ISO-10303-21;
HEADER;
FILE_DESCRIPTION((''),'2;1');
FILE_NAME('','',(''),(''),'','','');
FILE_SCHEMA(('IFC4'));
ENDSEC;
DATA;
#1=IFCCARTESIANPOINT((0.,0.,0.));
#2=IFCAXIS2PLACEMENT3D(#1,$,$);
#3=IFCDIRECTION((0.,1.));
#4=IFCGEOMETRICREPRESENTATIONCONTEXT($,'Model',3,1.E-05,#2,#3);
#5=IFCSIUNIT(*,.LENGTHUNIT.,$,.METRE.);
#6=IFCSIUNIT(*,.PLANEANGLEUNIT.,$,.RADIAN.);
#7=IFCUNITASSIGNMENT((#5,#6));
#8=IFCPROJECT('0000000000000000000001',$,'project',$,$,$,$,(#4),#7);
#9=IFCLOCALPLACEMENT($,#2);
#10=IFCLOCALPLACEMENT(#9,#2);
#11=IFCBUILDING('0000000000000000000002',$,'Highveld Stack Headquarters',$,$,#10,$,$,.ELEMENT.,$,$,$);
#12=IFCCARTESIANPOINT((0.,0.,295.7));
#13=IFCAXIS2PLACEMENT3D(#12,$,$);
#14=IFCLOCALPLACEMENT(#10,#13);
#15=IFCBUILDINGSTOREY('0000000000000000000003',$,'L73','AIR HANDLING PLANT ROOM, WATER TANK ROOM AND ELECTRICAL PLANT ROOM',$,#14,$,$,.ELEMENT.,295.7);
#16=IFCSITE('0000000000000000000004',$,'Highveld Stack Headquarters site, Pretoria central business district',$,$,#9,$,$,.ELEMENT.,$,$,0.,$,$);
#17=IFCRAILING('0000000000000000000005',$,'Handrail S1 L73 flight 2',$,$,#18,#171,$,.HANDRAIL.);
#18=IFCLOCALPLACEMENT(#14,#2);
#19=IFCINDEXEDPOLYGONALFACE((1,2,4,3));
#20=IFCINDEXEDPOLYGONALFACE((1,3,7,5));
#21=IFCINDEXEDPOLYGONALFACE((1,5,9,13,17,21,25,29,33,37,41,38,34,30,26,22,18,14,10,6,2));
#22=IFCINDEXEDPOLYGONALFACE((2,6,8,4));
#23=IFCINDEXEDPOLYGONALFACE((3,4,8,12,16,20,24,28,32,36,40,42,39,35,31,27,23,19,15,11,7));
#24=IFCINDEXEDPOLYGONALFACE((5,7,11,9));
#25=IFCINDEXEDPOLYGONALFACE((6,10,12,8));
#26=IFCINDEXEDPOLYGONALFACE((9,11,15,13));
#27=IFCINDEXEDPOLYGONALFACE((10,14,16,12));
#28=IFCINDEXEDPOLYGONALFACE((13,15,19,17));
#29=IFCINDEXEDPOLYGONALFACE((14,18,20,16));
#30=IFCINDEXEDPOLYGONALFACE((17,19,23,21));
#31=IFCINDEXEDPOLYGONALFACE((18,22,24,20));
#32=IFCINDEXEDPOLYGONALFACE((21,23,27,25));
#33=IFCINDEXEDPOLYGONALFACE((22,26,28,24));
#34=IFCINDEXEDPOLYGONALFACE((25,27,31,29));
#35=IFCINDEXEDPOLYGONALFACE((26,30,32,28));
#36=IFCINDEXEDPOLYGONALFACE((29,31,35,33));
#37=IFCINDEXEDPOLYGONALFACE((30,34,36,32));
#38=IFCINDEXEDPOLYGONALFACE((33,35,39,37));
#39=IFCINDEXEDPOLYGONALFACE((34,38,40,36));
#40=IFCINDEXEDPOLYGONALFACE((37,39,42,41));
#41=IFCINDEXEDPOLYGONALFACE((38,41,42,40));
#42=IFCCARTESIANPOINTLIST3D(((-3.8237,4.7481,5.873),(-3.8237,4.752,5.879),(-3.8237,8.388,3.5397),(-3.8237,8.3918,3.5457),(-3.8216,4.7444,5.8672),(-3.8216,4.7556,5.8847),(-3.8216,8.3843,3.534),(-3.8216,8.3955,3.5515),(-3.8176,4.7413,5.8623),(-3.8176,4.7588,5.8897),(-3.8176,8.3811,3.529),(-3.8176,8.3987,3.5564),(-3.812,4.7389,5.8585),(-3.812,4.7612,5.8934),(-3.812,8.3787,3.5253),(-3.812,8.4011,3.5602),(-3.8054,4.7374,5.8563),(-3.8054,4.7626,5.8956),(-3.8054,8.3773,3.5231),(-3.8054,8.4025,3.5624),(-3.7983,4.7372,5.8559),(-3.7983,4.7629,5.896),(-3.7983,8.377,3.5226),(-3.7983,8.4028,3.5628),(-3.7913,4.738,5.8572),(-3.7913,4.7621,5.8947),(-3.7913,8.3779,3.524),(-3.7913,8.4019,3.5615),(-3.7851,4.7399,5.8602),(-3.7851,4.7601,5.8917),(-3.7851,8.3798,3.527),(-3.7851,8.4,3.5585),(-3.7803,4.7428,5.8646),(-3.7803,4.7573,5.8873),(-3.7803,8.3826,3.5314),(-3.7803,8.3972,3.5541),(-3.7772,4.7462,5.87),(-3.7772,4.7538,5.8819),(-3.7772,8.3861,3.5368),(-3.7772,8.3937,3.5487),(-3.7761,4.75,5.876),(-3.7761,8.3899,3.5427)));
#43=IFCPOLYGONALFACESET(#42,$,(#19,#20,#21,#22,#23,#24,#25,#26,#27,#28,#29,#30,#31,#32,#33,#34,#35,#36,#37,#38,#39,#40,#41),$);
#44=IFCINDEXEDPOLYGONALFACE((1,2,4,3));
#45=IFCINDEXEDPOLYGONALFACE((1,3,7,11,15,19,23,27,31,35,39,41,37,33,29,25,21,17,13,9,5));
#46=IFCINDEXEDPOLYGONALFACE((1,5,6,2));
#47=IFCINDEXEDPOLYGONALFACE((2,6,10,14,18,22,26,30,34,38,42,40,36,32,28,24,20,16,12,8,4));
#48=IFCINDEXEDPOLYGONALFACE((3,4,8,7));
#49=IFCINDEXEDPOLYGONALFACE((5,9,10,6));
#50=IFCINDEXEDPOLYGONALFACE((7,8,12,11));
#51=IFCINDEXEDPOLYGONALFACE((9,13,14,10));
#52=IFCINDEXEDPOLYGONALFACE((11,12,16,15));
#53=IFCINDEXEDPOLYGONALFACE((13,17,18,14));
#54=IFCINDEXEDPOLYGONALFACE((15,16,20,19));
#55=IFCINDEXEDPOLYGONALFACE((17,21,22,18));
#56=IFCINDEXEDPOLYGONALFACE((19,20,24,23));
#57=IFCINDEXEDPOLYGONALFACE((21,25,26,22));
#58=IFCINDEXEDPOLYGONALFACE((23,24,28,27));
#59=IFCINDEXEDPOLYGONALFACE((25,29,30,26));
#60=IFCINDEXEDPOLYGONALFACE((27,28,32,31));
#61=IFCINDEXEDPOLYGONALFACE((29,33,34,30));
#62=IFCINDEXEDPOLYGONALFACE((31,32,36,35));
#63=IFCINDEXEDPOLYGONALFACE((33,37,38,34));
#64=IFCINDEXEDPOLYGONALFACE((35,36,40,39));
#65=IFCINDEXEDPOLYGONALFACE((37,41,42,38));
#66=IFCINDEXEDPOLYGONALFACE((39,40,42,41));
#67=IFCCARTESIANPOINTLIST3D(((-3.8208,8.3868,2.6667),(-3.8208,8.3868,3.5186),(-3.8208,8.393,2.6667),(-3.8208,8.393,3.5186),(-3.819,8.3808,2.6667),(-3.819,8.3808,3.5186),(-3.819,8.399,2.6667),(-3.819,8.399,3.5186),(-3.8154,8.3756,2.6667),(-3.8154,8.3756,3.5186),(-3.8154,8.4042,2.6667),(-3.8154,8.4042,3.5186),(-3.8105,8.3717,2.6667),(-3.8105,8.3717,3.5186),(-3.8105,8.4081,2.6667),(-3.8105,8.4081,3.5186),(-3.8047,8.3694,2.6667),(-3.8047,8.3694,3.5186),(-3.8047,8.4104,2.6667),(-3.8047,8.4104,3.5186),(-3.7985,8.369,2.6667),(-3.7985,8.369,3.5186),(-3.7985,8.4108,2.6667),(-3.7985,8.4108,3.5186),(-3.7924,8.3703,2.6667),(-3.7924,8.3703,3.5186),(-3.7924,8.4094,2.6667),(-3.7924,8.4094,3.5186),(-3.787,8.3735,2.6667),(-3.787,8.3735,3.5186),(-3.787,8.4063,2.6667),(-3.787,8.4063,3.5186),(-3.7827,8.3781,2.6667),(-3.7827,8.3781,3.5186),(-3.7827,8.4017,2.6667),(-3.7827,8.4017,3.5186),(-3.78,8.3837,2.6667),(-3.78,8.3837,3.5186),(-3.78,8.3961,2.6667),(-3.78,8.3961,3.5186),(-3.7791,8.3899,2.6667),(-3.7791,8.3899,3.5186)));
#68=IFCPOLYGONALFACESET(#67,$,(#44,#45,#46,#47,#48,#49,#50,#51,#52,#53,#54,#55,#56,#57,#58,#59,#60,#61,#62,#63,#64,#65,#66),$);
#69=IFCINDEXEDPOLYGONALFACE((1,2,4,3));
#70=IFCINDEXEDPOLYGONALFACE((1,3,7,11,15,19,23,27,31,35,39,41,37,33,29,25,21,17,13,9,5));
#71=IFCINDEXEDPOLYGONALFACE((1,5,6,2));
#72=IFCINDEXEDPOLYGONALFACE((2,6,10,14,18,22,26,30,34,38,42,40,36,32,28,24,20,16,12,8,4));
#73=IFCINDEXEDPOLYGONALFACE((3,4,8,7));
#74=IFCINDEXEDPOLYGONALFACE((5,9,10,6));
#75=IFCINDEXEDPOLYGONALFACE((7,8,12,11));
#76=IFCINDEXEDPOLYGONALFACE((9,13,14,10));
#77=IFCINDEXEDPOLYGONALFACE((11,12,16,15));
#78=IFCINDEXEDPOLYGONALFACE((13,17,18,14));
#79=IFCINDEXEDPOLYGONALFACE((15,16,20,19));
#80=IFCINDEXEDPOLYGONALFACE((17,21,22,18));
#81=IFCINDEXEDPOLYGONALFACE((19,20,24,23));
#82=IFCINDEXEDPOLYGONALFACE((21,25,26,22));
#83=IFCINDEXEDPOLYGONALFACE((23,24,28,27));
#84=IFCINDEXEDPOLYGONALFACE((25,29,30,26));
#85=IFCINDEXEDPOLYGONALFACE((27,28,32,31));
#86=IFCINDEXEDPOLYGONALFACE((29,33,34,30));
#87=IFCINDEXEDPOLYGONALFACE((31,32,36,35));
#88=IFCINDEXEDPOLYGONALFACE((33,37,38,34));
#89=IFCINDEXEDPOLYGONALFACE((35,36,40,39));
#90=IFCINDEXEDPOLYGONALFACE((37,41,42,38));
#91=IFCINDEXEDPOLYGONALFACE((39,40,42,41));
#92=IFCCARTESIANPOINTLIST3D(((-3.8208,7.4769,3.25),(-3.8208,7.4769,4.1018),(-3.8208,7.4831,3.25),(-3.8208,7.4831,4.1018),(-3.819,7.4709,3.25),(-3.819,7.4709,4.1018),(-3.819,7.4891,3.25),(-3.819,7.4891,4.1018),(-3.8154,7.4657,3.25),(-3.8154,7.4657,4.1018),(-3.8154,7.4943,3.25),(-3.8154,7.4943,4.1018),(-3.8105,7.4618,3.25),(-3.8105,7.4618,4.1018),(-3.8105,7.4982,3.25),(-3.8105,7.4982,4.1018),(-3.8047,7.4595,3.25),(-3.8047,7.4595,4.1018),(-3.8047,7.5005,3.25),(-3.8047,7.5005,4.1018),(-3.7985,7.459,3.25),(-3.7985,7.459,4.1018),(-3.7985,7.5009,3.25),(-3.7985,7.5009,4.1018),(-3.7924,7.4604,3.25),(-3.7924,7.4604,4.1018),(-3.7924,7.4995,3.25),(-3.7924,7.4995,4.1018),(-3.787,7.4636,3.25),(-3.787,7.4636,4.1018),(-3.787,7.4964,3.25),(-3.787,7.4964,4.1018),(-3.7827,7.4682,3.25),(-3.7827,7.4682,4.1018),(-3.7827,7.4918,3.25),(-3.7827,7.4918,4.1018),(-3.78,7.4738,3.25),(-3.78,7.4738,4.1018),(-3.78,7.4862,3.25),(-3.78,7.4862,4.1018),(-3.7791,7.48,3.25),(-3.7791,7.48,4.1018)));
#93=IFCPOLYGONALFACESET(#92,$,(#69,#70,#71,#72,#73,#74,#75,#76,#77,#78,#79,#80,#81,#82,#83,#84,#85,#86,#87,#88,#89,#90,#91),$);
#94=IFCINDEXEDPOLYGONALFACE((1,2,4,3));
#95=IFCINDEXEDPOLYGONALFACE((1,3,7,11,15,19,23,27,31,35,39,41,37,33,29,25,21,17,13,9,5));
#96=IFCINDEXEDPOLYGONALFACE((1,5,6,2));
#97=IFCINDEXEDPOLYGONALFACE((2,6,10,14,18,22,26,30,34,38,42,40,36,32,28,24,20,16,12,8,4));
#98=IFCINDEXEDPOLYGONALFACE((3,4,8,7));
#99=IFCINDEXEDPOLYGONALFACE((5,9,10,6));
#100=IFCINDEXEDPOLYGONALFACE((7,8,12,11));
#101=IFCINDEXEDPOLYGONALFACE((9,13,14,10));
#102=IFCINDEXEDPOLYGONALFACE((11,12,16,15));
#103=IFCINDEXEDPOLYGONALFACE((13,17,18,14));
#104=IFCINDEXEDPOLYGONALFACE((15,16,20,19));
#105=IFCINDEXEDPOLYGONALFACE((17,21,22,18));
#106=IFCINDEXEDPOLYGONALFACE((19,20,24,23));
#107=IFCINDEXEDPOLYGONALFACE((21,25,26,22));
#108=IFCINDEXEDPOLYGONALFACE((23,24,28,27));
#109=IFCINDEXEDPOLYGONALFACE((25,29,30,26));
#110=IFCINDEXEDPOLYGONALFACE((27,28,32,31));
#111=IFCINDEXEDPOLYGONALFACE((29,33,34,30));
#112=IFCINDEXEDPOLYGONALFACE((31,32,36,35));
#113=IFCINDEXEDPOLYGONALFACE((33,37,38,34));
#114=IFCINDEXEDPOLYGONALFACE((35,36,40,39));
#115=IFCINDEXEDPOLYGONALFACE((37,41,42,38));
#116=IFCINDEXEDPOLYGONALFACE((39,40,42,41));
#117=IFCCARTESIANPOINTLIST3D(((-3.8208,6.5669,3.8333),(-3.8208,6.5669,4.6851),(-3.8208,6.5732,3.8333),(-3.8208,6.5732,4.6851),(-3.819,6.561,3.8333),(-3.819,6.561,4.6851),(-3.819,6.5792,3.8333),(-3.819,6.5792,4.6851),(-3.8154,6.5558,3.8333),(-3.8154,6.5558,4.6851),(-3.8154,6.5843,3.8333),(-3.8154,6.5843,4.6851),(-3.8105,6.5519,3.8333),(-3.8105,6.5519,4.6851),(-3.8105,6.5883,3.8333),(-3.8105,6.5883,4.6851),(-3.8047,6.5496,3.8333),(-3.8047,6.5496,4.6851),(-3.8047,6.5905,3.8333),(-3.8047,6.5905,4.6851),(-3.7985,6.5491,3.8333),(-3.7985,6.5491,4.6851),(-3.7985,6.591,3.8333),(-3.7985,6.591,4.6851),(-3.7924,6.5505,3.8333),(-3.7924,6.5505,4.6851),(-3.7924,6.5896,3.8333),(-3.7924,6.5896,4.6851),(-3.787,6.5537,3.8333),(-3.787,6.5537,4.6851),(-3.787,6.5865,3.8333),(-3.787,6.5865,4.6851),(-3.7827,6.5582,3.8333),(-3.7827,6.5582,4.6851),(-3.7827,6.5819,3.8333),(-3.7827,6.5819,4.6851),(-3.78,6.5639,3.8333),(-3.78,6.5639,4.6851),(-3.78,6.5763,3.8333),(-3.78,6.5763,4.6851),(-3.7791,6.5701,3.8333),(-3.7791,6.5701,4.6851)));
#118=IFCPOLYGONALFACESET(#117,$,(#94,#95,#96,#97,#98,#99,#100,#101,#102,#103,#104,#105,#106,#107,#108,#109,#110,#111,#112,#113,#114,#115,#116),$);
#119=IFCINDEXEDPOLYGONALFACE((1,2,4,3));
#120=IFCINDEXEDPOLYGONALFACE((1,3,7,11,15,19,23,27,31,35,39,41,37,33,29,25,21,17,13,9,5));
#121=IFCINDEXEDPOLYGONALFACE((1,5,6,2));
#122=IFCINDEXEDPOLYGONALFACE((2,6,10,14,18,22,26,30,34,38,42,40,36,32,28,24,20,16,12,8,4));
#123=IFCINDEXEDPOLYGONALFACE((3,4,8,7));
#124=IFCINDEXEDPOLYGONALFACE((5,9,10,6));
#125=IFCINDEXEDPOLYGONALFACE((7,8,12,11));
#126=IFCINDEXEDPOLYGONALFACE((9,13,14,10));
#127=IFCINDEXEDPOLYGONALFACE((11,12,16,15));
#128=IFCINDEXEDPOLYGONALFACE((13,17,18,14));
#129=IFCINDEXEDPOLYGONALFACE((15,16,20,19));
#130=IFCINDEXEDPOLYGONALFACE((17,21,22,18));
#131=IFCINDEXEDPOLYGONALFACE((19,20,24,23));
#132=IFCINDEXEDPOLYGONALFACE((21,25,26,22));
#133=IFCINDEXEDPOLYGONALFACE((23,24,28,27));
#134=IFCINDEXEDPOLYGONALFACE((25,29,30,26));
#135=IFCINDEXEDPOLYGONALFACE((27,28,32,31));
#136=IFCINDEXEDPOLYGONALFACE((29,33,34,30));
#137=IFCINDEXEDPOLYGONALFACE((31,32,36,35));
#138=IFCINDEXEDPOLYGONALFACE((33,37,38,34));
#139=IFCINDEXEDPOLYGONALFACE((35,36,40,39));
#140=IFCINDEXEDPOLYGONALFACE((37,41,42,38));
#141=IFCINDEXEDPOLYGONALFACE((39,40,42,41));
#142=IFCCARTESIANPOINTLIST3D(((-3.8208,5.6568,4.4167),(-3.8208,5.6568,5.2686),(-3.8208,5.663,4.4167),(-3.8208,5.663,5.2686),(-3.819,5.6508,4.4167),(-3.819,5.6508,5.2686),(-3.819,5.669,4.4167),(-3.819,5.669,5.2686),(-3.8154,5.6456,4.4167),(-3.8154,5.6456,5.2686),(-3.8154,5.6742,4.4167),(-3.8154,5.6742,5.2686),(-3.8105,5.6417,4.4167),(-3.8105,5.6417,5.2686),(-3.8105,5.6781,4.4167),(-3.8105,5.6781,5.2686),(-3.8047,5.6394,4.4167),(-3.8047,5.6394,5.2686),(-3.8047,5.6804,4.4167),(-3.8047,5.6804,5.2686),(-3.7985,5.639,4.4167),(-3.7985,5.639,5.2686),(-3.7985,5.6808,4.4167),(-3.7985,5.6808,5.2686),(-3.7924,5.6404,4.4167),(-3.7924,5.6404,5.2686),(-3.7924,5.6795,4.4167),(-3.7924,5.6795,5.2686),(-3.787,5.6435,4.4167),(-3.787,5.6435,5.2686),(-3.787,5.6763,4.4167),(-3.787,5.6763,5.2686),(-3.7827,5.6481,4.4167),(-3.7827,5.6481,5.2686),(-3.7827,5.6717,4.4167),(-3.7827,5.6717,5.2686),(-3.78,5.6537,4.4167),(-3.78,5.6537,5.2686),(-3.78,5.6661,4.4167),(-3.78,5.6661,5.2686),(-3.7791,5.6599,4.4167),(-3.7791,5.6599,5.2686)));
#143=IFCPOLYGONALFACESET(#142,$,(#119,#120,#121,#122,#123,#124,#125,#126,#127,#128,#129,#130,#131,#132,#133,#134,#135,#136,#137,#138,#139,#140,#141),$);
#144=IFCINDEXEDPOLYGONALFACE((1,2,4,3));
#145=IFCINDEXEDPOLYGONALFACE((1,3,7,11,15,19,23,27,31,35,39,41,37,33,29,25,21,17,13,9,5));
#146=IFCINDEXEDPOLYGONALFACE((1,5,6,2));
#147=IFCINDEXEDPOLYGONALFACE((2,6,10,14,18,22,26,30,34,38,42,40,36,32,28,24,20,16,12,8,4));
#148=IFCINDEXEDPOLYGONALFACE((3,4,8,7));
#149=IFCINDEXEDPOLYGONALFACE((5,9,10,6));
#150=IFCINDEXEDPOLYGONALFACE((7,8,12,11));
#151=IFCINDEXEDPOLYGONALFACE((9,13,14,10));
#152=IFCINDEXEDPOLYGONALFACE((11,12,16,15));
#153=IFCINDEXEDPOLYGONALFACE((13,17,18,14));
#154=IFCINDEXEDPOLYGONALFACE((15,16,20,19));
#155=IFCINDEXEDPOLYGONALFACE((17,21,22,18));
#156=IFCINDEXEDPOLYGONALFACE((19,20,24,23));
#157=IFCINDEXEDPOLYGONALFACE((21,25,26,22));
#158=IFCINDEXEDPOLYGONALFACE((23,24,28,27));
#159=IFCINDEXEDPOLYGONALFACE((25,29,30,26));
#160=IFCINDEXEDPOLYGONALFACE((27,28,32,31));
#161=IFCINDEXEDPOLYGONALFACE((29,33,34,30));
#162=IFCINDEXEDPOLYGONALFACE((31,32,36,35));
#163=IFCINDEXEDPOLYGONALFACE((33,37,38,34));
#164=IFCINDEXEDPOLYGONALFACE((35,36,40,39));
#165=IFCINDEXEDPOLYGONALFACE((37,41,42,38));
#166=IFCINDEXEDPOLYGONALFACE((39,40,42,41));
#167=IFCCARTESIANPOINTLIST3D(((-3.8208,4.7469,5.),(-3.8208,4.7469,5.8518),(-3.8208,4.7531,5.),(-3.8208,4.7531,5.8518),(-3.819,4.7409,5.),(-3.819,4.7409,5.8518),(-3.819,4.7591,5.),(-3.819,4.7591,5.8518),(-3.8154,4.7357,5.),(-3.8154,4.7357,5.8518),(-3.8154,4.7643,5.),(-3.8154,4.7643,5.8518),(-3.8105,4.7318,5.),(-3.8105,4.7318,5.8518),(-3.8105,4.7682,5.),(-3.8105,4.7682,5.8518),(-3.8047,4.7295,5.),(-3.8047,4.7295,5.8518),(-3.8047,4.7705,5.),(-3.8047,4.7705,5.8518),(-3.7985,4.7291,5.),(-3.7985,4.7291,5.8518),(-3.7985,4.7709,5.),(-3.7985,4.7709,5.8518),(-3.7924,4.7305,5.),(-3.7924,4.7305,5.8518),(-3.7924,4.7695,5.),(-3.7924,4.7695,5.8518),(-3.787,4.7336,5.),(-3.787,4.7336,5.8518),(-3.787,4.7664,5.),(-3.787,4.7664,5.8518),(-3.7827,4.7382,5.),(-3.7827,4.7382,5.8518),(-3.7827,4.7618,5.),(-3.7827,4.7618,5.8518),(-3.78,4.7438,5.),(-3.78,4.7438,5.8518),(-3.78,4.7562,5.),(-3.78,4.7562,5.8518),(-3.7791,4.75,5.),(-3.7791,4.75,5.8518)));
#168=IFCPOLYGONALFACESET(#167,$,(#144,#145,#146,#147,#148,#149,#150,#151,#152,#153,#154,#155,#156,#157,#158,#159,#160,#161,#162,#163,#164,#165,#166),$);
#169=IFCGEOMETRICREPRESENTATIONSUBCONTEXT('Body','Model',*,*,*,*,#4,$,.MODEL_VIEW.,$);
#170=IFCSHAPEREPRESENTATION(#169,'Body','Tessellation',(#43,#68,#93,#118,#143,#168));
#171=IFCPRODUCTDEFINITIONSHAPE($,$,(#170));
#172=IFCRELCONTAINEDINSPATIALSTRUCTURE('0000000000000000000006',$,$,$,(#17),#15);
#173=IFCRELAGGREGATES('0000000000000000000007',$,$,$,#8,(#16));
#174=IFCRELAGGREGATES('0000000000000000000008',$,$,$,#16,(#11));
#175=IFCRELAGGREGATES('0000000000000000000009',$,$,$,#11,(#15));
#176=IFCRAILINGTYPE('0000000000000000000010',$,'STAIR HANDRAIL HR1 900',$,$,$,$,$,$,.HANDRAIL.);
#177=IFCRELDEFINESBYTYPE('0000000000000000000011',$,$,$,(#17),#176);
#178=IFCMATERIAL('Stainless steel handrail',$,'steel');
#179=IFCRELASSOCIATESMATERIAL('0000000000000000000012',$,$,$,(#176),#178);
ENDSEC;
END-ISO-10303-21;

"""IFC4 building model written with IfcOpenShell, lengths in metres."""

from ifc_helpers import new_model, si_unit, direction, frame, origin, origin_2d, place, context, subcontext, project, spatial, circle, extrude, material, type_object, element, save


model = new_model("IFC4")

# Units and contexts
model_context = context("Model", 3, precision=1e-05, world=origin(), true_north=direction((0.0, 1.0)))
body_context = subcontext(model_context, "Body", "Model", "MODEL_VIEW")
ifc_project = project(units=[si_unit("LENGTHUNIT", "METRE"), si_unit("PLANEANGLEUNIT", "RADIAN")], contexts=[model_context])

# Site, building, storey
site_placement = place(None, origin())
site = spatial("IfcSite", under=ifc_project, at=site_placement, Name="Highveld Stack Headquarters site, Pretoria central business district", CompositionType="ELEMENT", RefElevation=0.0)
building_placement = place(site_placement, origin())
building = spatial("IfcBuilding", under=site, at=building_placement, Name="Highveld Stack Headquarters", CompositionType="ELEMENT")
storey_placement = place(building_placement, frame((0.0, 0.0, 295.7)))
storey = spatial("IfcBuildingStorey", under=building, at=storey_placement, Name="L73", Description="AIR HANDLING PLANT ROOM, WATER TANK ROOM AND ELECTRICAL PLANT ROOM", CompositionType="ELEMENT", Elevation=295.7)

# Railing
ifc_material_1 = material(Name="Stainless steel handrail", Category="steel")
railing_type = type_object("IfcRailingType", Name="STAIR HANDRAIL HR1 900", PredefinedType="HANDRAIL", material=ifc_material_1)
for number, where, name in (
    (1, (-3.8, 8.3899, 2.6667), "Handrail S1 L73 flight 2"),
):
    element("IfcRailing", number, at=place(storey_placement, frame(where)), inside=storey, type_object=railing_type, Name=name, PredefinedType="HANDRAIL", context=body_context, shape_type="SweptSolid", body=[
        extrude(circle(Radius=0.0239, at=origin_2d()), frame((0.0, 0.0, 0.876), z_axis=(0.0, -0.84188, 0.539664), x_axis=(1.0, 0.0, 0.0)), (0.0, 0.0, 1.0), 4.3235),
        extrude(circle(Radius=0.021, at=origin_2d()), origin(), (0.0, 0.0, 1.0), 0.8518),
        extrude(circle(Radius=0.021, at=origin_2d()), frame((0.0, -0.9099, 0.5833)), (0.0, 0.0, 1.0), 0.8518),
        extrude(circle(Radius=0.021, at=origin_2d()), frame((0.0, -1.8198, 1.1665)), (0.0, 0.0, 1.0), 0.8518),
        extrude(circle(Radius=0.021, at=origin_2d()), frame((0.0, -2.73, 1.75)), (0.0, 0.0, 1.0), 0.8518),
        extrude(circle(Radius=0.021, at=origin_2d()), frame((0.0, -3.6399, 2.3333)), (0.0, 0.0, 1.0), 0.8518),
    ])

save(model, "model.ifc")
